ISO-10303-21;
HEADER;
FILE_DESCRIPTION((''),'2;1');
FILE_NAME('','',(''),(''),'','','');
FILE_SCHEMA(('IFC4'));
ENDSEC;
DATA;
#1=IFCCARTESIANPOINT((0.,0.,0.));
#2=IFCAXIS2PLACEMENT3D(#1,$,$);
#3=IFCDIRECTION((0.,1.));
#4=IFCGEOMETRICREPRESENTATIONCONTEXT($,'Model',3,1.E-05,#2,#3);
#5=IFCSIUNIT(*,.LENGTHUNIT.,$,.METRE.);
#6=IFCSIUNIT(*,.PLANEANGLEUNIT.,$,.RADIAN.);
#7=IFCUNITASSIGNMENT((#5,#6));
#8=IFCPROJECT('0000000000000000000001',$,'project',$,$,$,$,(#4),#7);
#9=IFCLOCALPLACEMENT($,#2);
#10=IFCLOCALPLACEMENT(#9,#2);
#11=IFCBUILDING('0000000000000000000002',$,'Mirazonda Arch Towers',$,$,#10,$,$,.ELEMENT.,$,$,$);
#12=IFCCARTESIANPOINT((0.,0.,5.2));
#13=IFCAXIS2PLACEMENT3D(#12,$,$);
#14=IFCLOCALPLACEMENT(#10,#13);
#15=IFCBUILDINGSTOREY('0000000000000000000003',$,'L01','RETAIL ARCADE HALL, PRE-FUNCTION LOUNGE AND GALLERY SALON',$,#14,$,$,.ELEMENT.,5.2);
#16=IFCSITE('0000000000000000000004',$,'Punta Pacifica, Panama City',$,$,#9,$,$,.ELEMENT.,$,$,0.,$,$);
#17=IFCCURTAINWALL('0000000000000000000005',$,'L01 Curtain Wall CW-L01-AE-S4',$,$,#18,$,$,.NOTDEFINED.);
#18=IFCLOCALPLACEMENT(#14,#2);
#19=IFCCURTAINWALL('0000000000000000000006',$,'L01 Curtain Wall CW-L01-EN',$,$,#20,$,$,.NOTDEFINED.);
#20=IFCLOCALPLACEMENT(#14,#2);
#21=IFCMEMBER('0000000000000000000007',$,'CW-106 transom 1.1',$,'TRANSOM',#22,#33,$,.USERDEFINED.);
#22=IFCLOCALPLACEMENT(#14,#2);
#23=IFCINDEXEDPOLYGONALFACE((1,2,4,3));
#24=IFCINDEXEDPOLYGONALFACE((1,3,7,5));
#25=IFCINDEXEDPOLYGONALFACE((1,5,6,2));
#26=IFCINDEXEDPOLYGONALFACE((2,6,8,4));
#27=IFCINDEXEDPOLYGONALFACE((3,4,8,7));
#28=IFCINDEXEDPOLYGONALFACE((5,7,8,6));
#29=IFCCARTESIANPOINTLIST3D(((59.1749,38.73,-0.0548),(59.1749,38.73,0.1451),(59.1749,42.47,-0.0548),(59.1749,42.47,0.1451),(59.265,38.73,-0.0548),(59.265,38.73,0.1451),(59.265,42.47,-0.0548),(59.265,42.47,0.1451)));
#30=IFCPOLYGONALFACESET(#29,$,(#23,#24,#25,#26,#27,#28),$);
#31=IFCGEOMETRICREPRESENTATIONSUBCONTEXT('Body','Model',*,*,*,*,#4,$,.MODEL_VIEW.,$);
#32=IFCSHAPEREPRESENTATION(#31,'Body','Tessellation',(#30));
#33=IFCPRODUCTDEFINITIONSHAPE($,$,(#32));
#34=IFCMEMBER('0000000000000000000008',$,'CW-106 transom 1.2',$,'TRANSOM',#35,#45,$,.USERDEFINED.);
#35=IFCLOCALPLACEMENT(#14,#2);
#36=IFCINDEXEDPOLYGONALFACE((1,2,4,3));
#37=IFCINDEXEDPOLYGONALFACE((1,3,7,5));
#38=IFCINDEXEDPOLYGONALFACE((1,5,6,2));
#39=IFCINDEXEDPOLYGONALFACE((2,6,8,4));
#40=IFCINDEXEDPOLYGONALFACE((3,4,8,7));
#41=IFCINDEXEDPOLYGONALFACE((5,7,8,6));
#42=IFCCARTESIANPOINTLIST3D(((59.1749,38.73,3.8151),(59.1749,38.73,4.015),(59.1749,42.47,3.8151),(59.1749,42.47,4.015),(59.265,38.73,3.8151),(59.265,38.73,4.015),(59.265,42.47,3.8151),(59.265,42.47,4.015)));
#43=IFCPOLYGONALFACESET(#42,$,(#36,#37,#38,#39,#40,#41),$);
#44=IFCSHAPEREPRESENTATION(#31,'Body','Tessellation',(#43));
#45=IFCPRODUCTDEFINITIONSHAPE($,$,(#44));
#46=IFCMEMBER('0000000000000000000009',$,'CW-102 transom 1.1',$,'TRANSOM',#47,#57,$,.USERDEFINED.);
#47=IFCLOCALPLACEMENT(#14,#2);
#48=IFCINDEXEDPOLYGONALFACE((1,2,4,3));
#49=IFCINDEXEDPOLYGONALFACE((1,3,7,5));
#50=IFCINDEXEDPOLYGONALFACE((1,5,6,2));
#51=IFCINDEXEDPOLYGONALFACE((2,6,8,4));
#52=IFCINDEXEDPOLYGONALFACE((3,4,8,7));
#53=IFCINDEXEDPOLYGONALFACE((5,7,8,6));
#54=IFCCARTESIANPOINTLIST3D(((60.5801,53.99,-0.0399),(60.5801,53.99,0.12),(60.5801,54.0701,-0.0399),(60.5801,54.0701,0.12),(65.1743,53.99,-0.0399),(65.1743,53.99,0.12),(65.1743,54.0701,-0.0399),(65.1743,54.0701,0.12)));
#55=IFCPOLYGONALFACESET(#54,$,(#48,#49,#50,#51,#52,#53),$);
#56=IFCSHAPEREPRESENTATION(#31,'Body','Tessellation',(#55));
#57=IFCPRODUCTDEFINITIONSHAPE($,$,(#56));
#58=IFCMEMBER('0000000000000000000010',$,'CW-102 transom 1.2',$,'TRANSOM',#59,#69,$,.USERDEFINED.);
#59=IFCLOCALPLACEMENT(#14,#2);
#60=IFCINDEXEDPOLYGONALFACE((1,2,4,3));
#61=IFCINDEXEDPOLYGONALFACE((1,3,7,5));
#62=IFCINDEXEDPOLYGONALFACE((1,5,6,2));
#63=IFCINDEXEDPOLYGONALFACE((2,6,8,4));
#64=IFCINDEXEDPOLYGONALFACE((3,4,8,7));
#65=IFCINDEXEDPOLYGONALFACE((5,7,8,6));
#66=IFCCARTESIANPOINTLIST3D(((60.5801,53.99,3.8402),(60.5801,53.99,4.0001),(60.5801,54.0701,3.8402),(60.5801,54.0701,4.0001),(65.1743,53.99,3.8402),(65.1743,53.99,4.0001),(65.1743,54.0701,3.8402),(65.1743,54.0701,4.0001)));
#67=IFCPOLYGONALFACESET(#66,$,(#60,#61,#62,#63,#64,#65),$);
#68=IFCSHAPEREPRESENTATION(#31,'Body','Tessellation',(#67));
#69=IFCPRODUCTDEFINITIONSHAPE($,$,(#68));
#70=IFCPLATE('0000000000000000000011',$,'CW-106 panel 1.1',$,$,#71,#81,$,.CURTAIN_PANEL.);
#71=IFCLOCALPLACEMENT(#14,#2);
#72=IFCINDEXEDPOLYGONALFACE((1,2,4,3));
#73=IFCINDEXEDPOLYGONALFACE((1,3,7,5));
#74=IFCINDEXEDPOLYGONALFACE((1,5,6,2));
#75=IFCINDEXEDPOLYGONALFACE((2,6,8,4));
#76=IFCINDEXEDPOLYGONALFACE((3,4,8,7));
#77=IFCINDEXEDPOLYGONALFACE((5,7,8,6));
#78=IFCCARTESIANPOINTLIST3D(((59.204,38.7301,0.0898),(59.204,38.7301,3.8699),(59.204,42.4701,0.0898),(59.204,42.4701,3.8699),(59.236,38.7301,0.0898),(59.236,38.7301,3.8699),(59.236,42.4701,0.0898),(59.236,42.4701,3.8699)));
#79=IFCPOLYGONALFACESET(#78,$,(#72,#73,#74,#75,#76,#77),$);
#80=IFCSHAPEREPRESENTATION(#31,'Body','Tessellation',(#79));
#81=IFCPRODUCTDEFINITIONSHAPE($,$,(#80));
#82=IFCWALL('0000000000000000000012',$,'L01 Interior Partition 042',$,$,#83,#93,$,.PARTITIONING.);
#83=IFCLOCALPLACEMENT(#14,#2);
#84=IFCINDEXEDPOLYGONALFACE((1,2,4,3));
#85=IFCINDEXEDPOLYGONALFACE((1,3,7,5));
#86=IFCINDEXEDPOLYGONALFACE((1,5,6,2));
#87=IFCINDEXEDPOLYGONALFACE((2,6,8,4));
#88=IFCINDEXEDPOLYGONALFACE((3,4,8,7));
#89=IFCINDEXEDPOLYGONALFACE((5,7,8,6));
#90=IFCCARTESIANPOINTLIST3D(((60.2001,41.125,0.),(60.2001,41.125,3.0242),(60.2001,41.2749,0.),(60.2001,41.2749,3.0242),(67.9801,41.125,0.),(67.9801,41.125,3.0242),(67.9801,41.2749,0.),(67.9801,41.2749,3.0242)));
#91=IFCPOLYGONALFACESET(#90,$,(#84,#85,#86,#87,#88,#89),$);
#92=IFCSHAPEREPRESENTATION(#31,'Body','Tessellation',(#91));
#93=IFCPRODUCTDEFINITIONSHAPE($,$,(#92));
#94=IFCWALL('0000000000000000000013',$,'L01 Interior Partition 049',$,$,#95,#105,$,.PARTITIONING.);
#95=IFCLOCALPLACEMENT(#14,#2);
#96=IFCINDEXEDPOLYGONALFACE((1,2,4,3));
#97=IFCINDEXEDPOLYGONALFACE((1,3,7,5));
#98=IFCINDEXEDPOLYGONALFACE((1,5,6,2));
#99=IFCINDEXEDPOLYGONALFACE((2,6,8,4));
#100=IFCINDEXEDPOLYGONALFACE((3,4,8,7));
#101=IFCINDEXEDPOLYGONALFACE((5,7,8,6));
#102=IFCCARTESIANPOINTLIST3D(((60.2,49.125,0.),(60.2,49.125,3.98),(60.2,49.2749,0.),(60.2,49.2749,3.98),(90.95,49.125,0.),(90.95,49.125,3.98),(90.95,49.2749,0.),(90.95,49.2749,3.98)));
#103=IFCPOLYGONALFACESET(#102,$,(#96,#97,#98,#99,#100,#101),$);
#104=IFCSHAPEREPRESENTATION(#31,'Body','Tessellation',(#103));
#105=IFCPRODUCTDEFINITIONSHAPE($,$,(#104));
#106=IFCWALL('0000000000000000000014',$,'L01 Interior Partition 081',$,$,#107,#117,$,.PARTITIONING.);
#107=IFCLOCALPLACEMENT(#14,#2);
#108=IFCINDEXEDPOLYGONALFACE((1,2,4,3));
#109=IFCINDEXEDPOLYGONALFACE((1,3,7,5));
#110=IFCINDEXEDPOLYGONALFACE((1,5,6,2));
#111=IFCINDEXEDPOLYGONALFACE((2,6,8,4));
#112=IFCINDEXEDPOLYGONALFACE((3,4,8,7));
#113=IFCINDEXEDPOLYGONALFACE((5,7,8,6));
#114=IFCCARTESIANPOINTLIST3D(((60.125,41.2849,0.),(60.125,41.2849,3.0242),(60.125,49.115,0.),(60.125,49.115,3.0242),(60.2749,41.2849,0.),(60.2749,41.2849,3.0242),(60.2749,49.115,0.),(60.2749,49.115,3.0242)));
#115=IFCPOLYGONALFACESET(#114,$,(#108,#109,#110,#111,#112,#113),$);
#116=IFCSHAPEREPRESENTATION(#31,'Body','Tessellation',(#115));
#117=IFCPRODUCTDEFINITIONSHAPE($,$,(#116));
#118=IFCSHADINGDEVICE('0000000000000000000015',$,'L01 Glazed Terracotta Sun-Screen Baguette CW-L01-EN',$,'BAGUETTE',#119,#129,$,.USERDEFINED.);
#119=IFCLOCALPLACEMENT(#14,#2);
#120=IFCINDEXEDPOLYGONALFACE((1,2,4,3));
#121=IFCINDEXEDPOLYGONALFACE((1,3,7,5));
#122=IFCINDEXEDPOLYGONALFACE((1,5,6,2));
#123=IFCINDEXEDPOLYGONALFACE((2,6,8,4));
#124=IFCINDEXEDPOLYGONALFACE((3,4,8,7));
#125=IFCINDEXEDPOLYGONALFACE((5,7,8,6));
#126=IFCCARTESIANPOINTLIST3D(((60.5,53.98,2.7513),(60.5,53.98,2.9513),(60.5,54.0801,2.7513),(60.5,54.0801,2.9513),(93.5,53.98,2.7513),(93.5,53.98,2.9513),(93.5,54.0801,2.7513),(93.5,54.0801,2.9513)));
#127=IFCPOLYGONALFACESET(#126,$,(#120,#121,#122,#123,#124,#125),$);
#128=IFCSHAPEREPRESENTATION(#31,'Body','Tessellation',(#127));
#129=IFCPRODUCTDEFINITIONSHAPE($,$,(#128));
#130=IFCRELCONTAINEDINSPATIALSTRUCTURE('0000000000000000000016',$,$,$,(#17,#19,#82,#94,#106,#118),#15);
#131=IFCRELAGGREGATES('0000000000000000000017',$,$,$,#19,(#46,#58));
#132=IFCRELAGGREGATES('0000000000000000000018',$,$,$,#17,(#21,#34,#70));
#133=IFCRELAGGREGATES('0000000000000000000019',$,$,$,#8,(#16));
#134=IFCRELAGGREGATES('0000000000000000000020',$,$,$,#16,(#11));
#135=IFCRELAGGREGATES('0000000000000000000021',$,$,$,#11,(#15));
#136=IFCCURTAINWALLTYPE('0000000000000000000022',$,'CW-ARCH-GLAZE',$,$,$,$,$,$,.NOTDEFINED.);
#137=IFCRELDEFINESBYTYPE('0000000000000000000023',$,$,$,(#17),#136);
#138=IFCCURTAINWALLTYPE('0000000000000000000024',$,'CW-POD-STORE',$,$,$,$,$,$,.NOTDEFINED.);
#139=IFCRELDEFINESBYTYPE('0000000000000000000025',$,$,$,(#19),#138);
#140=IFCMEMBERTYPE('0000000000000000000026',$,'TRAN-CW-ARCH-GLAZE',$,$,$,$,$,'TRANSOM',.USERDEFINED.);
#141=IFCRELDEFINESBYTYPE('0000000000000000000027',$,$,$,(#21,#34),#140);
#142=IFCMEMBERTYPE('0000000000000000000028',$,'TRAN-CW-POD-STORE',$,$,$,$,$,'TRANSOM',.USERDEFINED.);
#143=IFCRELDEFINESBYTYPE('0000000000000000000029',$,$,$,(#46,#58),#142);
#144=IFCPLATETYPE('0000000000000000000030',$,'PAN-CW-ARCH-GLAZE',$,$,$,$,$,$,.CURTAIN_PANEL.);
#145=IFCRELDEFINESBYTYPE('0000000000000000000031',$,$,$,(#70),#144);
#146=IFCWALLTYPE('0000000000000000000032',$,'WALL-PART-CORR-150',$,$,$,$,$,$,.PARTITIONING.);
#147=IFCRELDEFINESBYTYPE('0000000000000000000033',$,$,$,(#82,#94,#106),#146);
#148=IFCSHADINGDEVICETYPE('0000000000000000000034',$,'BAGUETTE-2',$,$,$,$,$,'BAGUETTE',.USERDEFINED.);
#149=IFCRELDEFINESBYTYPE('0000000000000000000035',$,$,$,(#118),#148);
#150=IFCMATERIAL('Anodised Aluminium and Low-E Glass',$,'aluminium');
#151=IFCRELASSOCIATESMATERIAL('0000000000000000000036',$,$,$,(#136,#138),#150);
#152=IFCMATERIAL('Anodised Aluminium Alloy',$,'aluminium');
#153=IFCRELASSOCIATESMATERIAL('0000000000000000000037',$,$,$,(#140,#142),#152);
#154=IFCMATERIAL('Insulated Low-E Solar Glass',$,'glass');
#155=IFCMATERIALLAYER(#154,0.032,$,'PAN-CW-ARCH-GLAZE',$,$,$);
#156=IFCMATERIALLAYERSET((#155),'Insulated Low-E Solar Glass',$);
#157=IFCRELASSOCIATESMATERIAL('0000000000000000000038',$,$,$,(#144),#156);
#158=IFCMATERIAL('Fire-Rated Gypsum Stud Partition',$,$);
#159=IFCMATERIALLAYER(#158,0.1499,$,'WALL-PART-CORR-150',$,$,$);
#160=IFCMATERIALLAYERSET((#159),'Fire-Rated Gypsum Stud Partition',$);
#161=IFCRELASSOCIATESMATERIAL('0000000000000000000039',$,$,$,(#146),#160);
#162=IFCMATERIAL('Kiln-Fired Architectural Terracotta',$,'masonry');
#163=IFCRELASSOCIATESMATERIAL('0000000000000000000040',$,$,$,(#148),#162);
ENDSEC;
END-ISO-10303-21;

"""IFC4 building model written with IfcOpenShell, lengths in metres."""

from ifc_helpers import new_model, si_unit, direction, frame, frame_2d, origin, origin_2d, place, context, subcontext, project, spatial, rectangle, extrude, material, layer, layer_set, material_profile, profile_set, type_object, element, aggregate, save


model = new_model("IFC4")

# Units and contexts
model_context = context("Model", 3, precision=1e-05, world=origin(), true_north=direction((0.0, 1.0)))
body_context = subcontext(model_context, "Body", "Model", "MODEL_VIEW")
ifc_project = project(units=[si_unit("LENGTHUNIT", "METRE"), si_unit("PLANEANGLEUNIT", "RADIAN")], contexts=[model_context])

# Site, building, storey
site_placement = place(None, origin())
site = spatial("IfcSite", under=ifc_project, at=site_placement, Name="Punta Pacifica, Panama City", CompositionType="ELEMENT", RefElevation=0.0)
building_placement = place(site_placement, origin())
building = spatial("IfcBuilding", under=site, at=building_placement, Name="Mirazonda Arch Towers", CompositionType="ELEMENT")
storey_placement = place(building_placement, frame((0.0, 0.0, 5.2)))
storey = spatial("IfcBuildingStorey", under=building, at=storey_placement, Name="L01", Description="RETAIL ARCADE HALL, PRE-FUNCTION LOUNGE AND GALLERY SALON", CompositionType="ELEMENT", Elevation=5.2)

# Curtain wall
ifc_material_1 = material(Name="Anodised Aluminium and Low-E Glass", Category="aluminium")
curtain_wall_type_1 = type_object("IfcCurtainWallType", Name="CW-ARCH-GLAZE", PredefinedType="NOTDEFINED", material=ifc_material_1)
curtain_wall_1_placement = place(storey_placement, origin())
curtain_wall_1 = element("IfcCurtainWall", 1, at=curtain_wall_1_placement, inside=storey, type_object=curtain_wall_type_1, Name="L01 Curtain Wall CW-L01-AE-S4", PredefinedType="NOTDEFINED")
ifc_material_2 = material(Name="Anodised Aluminium Alloy", Category="aluminium")

# Curtain wall
curtain_wall_type_2 = type_object("IfcCurtainWallType", Name="CW-POD-STORE", PredefinedType="NOTDEFINED", material=ifc_material_1)
curtain_wall_2_placement = place(storey_placement, origin())
curtain_wall_2 = element("IfcCurtainWall", 2, at=curtain_wall_2_placement, inside=storey, type_object=curtain_wall_type_2, Name="L01 Curtain Wall CW-L01-EN", PredefinedType="NOTDEFINED")

# Members
ifc_material_profile_1 = material_profile(ifc_material_2, rectangle(XDim=0.0901, YDim=0.2, at=origin_2d()), Name="ALU-TRAN-90x200")
ifc_profile_set_1 = profile_set([ifc_material_profile_1], Name="Anodised Aluminium Alloy")
member_type_1 = type_object("IfcMemberType", Name="TRAN-CW-ARCH-GLAZE", ElementType="TRANSOM", PredefinedType="USERDEFINED", material=ifc_profile_set_1)
member_1_placement = place(storey_placement, frame((59.22, 38.73, 0.0452), z_axis=(0.0, 1.0, 0.0), x_axis=(-1.0, 0.0, 0.0)))
member_1 = element("IfcMember", 3, at=member_1_placement, type_object=member_type_1, Name="CW-106 transom 1.1", ObjectType="TRANSOM", PredefinedType="USERDEFINED", context=body_context, shape_type="SweptSolid", body=[
    extrude(rectangle(XDim=0.0901, YDim=0.2, at=origin_2d()), origin(), (0.0, 0.0, 1.0), 3.74),
])
member_2_placement = place(storey_placement, frame((59.22, 38.73, 3.915), z_axis=(0.0, 1.0, 0.0), x_axis=(-1.0, 0.0, 0.0)))
member_2 = element("IfcMember", 4, at=member_2_placement, type_object=member_type_1, Name="CW-106 transom 1.2", ObjectType="TRANSOM", PredefinedType="USERDEFINED", context=body_context, shape_type="SweptSolid", body=[
    extrude(rectangle(XDim=0.0901, YDim=0.2, at=origin_2d()), origin(), (0.0, 0.0, 1.0), 3.74),
])
ifc_material_profile_2 = material_profile(ifc_material_2, rectangle(XDim=0.0801, YDim=0.1599, at=origin_2d()), Name="ALU-TRAN-80x160")
ifc_profile_set_2 = profile_set([ifc_material_profile_2], Name="Anodised Aluminium Alloy")
member_type_2 = type_object("IfcMemberType", Name="TRAN-CW-POD-STORE", ElementType="TRANSOM", PredefinedType="USERDEFINED", material=ifc_profile_set_2)
member_3_placement = place(storey_placement, frame((60.5801, 54.03, 0.04), z_axis=(1.0, 0.0, 0.0), x_axis=(0.0, 1.0, 0.0)))
member_3 = element("IfcMember", 5, at=member_3_placement, type_object=member_type_2, Name="CW-102 transom 1.1", ObjectType="TRANSOM", PredefinedType="USERDEFINED", context=body_context, shape_type="SweptSolid", body=[
    extrude(rectangle(XDim=0.0801, YDim=0.1599, at=origin_2d()), origin(), (0.0, 0.0, 1.0), 4.5942),
])
member_4_placement = place(storey_placement, frame((60.5801, 54.03, 3.9202), z_axis=(1.0, 0.0, 0.0), x_axis=(0.0, 1.0, 0.0)))
member_4 = element("IfcMember", 6, at=member_4_placement, type_object=member_type_2, Name="CW-102 transom 1.2", ObjectType="TRANSOM", PredefinedType="USERDEFINED", context=body_context, shape_type="SweptSolid", body=[
    extrude(rectangle(XDim=0.0801, YDim=0.1599, at=origin_2d()), origin(), (0.0, 0.0, 1.0), 4.5942),
])
aggregate(curtain_wall_2, [member_3, member_4])

# Plate
ifc_material_3 = material(Name="Insulated Low-E Solar Glass", Category="glass")
ifc_layer_1 = layer(ifc_material_3, 0.032, Name="PAN-CW-ARCH-GLAZE")
ifc_layer_set_1 = layer_set([ifc_layer_1], Name="Insulated Low-E Solar Glass")
plate_type = type_object("IfcPlateType", Name="PAN-CW-ARCH-GLAZE", PredefinedType="CURTAIN_PANEL", material=ifc_layer_set_1)
plate_placement = place(storey_placement, frame((59.22, 40.6001, 0.0898), z_axis=(0.0, 0.0, 1.0), x_axis=(0.0, 1.0, 0.0)))
plate = element("IfcPlate", 7, at=plate_placement, type_object=plate_type, Name="CW-106 panel 1.1", PredefinedType="CURTAIN_PANEL", context=body_context, shape_type="SweptSolid", body=[
    extrude(rectangle(XDim=3.74, YDim=0.032, at=origin_2d()), origin(), (0.0, 0.0, 1.0), 3.78),
])
aggregate(curtain_wall_1, [member_1, member_2, plate])

# Walls
ifc_material_4 = material(Name="Fire-Rated Gypsum Stud Partition")
ifc_layer_2 = layer(ifc_material_4, 0.1499, Name="WALL-PART-CORR-150")
ifc_layer_set_2 = layer_set([ifc_layer_2], Name="Fire-Rated Gypsum Stud Partition")
wall_type = type_object("IfcWallType", Name="WALL-PART-CORR-150", PredefinedType="PARTITIONING", material=ifc_layer_set_2)
wall_1_placement = place(storey_placement, frame((60.2, 41.2, 0.0), z_axis=(0.0, 0.0, 1.0), x_axis=(1.0, 0.0, 0.0)))
element("IfcWall", 8, at=wall_1_placement, inside=storey, type_object=wall_type, Name="L01 Interior Partition 042", PredefinedType="PARTITIONING", context=body_context, shape_type="SweptSolid", body=[
    extrude(rectangle(XDim=7.78, YDim=0.1499, at=frame_2d((3.8901, 0.0))), origin(), (0.0, 0.0, 1.0), 3.0242),
])
wall_2_placement = place(storey_placement, frame((60.2, 49.2, 0.0), z_axis=(0.0, 0.0, 1.0), x_axis=(1.0, 0.0, 0.0)))
element("IfcWall", 9, at=wall_2_placement, inside=storey, type_object=wall_type, Name="L01 Interior Partition 049", PredefinedType="PARTITIONING", context=body_context, shape_type="SweptSolid", body=[
    extrude(rectangle(XDim=30.75, YDim=0.1499, at=frame_2d((15.375, 0.0))), origin(), (0.0, 0.0, 1.0), 3.98),
])
wall_3_placement = place(storey_placement, frame((60.2, 41.2849, 0.0), z_axis=(0.0, 0.0, 1.0), x_axis=(0.0, 1.0, 0.0)))
element("IfcWall", 10, at=wall_3_placement, inside=storey, type_object=wall_type, Name="L01 Interior Partition 081", PredefinedType="PARTITIONING", context=body_context, shape_type="SweptSolid", body=[
    extrude(rectangle(XDim=7.8301, YDim=0.1499, at=frame_2d((3.915, 0.0))), origin(), (0.0, 0.0, 1.0), 3.0242),
])

# Shading device
ifc_material_5 = material(Name="Kiln-Fired Architectural Terracotta", Category="masonry")
ifc_material_profile_3 = material_profile(ifc_material_5, rectangle(XDim=0.1001, YDim=0.2, at=origin_2d()), Name="TERRA-BAG-100x200")
ifc_profile_set_3 = profile_set([ifc_material_profile_3], Name="Kiln-Fired Architectural Terracotta")
shading_device_type = type_object("IfcShadingDeviceType", Name="BAGUETTE-2", ElementType="BAGUETTE", PredefinedType="USERDEFINED", material=ifc_profile_set_3)
shading_device_placement = place(storey_placement, frame((60.5, 54.03, 2.8513), z_axis=(1.0, 0.0, 0.0), x_axis=(0.0, 1.0, 0.0)))
element("IfcShadingDevice", 11, at=shading_device_placement, inside=storey, type_object=shading_device_type, Name="L01 Glazed Terracotta Sun-Screen Baguette CW-L01-EN", ObjectType="BAGUETTE", PredefinedType="USERDEFINED", context=body_context, shape_type="SweptSolid", body=[
    extrude(rectangle(XDim=0.1001, YDim=0.2, at=origin_2d()), origin(), (0.0, 0.0, 1.0), 33.0),
])

save(model, "model.ifc")
